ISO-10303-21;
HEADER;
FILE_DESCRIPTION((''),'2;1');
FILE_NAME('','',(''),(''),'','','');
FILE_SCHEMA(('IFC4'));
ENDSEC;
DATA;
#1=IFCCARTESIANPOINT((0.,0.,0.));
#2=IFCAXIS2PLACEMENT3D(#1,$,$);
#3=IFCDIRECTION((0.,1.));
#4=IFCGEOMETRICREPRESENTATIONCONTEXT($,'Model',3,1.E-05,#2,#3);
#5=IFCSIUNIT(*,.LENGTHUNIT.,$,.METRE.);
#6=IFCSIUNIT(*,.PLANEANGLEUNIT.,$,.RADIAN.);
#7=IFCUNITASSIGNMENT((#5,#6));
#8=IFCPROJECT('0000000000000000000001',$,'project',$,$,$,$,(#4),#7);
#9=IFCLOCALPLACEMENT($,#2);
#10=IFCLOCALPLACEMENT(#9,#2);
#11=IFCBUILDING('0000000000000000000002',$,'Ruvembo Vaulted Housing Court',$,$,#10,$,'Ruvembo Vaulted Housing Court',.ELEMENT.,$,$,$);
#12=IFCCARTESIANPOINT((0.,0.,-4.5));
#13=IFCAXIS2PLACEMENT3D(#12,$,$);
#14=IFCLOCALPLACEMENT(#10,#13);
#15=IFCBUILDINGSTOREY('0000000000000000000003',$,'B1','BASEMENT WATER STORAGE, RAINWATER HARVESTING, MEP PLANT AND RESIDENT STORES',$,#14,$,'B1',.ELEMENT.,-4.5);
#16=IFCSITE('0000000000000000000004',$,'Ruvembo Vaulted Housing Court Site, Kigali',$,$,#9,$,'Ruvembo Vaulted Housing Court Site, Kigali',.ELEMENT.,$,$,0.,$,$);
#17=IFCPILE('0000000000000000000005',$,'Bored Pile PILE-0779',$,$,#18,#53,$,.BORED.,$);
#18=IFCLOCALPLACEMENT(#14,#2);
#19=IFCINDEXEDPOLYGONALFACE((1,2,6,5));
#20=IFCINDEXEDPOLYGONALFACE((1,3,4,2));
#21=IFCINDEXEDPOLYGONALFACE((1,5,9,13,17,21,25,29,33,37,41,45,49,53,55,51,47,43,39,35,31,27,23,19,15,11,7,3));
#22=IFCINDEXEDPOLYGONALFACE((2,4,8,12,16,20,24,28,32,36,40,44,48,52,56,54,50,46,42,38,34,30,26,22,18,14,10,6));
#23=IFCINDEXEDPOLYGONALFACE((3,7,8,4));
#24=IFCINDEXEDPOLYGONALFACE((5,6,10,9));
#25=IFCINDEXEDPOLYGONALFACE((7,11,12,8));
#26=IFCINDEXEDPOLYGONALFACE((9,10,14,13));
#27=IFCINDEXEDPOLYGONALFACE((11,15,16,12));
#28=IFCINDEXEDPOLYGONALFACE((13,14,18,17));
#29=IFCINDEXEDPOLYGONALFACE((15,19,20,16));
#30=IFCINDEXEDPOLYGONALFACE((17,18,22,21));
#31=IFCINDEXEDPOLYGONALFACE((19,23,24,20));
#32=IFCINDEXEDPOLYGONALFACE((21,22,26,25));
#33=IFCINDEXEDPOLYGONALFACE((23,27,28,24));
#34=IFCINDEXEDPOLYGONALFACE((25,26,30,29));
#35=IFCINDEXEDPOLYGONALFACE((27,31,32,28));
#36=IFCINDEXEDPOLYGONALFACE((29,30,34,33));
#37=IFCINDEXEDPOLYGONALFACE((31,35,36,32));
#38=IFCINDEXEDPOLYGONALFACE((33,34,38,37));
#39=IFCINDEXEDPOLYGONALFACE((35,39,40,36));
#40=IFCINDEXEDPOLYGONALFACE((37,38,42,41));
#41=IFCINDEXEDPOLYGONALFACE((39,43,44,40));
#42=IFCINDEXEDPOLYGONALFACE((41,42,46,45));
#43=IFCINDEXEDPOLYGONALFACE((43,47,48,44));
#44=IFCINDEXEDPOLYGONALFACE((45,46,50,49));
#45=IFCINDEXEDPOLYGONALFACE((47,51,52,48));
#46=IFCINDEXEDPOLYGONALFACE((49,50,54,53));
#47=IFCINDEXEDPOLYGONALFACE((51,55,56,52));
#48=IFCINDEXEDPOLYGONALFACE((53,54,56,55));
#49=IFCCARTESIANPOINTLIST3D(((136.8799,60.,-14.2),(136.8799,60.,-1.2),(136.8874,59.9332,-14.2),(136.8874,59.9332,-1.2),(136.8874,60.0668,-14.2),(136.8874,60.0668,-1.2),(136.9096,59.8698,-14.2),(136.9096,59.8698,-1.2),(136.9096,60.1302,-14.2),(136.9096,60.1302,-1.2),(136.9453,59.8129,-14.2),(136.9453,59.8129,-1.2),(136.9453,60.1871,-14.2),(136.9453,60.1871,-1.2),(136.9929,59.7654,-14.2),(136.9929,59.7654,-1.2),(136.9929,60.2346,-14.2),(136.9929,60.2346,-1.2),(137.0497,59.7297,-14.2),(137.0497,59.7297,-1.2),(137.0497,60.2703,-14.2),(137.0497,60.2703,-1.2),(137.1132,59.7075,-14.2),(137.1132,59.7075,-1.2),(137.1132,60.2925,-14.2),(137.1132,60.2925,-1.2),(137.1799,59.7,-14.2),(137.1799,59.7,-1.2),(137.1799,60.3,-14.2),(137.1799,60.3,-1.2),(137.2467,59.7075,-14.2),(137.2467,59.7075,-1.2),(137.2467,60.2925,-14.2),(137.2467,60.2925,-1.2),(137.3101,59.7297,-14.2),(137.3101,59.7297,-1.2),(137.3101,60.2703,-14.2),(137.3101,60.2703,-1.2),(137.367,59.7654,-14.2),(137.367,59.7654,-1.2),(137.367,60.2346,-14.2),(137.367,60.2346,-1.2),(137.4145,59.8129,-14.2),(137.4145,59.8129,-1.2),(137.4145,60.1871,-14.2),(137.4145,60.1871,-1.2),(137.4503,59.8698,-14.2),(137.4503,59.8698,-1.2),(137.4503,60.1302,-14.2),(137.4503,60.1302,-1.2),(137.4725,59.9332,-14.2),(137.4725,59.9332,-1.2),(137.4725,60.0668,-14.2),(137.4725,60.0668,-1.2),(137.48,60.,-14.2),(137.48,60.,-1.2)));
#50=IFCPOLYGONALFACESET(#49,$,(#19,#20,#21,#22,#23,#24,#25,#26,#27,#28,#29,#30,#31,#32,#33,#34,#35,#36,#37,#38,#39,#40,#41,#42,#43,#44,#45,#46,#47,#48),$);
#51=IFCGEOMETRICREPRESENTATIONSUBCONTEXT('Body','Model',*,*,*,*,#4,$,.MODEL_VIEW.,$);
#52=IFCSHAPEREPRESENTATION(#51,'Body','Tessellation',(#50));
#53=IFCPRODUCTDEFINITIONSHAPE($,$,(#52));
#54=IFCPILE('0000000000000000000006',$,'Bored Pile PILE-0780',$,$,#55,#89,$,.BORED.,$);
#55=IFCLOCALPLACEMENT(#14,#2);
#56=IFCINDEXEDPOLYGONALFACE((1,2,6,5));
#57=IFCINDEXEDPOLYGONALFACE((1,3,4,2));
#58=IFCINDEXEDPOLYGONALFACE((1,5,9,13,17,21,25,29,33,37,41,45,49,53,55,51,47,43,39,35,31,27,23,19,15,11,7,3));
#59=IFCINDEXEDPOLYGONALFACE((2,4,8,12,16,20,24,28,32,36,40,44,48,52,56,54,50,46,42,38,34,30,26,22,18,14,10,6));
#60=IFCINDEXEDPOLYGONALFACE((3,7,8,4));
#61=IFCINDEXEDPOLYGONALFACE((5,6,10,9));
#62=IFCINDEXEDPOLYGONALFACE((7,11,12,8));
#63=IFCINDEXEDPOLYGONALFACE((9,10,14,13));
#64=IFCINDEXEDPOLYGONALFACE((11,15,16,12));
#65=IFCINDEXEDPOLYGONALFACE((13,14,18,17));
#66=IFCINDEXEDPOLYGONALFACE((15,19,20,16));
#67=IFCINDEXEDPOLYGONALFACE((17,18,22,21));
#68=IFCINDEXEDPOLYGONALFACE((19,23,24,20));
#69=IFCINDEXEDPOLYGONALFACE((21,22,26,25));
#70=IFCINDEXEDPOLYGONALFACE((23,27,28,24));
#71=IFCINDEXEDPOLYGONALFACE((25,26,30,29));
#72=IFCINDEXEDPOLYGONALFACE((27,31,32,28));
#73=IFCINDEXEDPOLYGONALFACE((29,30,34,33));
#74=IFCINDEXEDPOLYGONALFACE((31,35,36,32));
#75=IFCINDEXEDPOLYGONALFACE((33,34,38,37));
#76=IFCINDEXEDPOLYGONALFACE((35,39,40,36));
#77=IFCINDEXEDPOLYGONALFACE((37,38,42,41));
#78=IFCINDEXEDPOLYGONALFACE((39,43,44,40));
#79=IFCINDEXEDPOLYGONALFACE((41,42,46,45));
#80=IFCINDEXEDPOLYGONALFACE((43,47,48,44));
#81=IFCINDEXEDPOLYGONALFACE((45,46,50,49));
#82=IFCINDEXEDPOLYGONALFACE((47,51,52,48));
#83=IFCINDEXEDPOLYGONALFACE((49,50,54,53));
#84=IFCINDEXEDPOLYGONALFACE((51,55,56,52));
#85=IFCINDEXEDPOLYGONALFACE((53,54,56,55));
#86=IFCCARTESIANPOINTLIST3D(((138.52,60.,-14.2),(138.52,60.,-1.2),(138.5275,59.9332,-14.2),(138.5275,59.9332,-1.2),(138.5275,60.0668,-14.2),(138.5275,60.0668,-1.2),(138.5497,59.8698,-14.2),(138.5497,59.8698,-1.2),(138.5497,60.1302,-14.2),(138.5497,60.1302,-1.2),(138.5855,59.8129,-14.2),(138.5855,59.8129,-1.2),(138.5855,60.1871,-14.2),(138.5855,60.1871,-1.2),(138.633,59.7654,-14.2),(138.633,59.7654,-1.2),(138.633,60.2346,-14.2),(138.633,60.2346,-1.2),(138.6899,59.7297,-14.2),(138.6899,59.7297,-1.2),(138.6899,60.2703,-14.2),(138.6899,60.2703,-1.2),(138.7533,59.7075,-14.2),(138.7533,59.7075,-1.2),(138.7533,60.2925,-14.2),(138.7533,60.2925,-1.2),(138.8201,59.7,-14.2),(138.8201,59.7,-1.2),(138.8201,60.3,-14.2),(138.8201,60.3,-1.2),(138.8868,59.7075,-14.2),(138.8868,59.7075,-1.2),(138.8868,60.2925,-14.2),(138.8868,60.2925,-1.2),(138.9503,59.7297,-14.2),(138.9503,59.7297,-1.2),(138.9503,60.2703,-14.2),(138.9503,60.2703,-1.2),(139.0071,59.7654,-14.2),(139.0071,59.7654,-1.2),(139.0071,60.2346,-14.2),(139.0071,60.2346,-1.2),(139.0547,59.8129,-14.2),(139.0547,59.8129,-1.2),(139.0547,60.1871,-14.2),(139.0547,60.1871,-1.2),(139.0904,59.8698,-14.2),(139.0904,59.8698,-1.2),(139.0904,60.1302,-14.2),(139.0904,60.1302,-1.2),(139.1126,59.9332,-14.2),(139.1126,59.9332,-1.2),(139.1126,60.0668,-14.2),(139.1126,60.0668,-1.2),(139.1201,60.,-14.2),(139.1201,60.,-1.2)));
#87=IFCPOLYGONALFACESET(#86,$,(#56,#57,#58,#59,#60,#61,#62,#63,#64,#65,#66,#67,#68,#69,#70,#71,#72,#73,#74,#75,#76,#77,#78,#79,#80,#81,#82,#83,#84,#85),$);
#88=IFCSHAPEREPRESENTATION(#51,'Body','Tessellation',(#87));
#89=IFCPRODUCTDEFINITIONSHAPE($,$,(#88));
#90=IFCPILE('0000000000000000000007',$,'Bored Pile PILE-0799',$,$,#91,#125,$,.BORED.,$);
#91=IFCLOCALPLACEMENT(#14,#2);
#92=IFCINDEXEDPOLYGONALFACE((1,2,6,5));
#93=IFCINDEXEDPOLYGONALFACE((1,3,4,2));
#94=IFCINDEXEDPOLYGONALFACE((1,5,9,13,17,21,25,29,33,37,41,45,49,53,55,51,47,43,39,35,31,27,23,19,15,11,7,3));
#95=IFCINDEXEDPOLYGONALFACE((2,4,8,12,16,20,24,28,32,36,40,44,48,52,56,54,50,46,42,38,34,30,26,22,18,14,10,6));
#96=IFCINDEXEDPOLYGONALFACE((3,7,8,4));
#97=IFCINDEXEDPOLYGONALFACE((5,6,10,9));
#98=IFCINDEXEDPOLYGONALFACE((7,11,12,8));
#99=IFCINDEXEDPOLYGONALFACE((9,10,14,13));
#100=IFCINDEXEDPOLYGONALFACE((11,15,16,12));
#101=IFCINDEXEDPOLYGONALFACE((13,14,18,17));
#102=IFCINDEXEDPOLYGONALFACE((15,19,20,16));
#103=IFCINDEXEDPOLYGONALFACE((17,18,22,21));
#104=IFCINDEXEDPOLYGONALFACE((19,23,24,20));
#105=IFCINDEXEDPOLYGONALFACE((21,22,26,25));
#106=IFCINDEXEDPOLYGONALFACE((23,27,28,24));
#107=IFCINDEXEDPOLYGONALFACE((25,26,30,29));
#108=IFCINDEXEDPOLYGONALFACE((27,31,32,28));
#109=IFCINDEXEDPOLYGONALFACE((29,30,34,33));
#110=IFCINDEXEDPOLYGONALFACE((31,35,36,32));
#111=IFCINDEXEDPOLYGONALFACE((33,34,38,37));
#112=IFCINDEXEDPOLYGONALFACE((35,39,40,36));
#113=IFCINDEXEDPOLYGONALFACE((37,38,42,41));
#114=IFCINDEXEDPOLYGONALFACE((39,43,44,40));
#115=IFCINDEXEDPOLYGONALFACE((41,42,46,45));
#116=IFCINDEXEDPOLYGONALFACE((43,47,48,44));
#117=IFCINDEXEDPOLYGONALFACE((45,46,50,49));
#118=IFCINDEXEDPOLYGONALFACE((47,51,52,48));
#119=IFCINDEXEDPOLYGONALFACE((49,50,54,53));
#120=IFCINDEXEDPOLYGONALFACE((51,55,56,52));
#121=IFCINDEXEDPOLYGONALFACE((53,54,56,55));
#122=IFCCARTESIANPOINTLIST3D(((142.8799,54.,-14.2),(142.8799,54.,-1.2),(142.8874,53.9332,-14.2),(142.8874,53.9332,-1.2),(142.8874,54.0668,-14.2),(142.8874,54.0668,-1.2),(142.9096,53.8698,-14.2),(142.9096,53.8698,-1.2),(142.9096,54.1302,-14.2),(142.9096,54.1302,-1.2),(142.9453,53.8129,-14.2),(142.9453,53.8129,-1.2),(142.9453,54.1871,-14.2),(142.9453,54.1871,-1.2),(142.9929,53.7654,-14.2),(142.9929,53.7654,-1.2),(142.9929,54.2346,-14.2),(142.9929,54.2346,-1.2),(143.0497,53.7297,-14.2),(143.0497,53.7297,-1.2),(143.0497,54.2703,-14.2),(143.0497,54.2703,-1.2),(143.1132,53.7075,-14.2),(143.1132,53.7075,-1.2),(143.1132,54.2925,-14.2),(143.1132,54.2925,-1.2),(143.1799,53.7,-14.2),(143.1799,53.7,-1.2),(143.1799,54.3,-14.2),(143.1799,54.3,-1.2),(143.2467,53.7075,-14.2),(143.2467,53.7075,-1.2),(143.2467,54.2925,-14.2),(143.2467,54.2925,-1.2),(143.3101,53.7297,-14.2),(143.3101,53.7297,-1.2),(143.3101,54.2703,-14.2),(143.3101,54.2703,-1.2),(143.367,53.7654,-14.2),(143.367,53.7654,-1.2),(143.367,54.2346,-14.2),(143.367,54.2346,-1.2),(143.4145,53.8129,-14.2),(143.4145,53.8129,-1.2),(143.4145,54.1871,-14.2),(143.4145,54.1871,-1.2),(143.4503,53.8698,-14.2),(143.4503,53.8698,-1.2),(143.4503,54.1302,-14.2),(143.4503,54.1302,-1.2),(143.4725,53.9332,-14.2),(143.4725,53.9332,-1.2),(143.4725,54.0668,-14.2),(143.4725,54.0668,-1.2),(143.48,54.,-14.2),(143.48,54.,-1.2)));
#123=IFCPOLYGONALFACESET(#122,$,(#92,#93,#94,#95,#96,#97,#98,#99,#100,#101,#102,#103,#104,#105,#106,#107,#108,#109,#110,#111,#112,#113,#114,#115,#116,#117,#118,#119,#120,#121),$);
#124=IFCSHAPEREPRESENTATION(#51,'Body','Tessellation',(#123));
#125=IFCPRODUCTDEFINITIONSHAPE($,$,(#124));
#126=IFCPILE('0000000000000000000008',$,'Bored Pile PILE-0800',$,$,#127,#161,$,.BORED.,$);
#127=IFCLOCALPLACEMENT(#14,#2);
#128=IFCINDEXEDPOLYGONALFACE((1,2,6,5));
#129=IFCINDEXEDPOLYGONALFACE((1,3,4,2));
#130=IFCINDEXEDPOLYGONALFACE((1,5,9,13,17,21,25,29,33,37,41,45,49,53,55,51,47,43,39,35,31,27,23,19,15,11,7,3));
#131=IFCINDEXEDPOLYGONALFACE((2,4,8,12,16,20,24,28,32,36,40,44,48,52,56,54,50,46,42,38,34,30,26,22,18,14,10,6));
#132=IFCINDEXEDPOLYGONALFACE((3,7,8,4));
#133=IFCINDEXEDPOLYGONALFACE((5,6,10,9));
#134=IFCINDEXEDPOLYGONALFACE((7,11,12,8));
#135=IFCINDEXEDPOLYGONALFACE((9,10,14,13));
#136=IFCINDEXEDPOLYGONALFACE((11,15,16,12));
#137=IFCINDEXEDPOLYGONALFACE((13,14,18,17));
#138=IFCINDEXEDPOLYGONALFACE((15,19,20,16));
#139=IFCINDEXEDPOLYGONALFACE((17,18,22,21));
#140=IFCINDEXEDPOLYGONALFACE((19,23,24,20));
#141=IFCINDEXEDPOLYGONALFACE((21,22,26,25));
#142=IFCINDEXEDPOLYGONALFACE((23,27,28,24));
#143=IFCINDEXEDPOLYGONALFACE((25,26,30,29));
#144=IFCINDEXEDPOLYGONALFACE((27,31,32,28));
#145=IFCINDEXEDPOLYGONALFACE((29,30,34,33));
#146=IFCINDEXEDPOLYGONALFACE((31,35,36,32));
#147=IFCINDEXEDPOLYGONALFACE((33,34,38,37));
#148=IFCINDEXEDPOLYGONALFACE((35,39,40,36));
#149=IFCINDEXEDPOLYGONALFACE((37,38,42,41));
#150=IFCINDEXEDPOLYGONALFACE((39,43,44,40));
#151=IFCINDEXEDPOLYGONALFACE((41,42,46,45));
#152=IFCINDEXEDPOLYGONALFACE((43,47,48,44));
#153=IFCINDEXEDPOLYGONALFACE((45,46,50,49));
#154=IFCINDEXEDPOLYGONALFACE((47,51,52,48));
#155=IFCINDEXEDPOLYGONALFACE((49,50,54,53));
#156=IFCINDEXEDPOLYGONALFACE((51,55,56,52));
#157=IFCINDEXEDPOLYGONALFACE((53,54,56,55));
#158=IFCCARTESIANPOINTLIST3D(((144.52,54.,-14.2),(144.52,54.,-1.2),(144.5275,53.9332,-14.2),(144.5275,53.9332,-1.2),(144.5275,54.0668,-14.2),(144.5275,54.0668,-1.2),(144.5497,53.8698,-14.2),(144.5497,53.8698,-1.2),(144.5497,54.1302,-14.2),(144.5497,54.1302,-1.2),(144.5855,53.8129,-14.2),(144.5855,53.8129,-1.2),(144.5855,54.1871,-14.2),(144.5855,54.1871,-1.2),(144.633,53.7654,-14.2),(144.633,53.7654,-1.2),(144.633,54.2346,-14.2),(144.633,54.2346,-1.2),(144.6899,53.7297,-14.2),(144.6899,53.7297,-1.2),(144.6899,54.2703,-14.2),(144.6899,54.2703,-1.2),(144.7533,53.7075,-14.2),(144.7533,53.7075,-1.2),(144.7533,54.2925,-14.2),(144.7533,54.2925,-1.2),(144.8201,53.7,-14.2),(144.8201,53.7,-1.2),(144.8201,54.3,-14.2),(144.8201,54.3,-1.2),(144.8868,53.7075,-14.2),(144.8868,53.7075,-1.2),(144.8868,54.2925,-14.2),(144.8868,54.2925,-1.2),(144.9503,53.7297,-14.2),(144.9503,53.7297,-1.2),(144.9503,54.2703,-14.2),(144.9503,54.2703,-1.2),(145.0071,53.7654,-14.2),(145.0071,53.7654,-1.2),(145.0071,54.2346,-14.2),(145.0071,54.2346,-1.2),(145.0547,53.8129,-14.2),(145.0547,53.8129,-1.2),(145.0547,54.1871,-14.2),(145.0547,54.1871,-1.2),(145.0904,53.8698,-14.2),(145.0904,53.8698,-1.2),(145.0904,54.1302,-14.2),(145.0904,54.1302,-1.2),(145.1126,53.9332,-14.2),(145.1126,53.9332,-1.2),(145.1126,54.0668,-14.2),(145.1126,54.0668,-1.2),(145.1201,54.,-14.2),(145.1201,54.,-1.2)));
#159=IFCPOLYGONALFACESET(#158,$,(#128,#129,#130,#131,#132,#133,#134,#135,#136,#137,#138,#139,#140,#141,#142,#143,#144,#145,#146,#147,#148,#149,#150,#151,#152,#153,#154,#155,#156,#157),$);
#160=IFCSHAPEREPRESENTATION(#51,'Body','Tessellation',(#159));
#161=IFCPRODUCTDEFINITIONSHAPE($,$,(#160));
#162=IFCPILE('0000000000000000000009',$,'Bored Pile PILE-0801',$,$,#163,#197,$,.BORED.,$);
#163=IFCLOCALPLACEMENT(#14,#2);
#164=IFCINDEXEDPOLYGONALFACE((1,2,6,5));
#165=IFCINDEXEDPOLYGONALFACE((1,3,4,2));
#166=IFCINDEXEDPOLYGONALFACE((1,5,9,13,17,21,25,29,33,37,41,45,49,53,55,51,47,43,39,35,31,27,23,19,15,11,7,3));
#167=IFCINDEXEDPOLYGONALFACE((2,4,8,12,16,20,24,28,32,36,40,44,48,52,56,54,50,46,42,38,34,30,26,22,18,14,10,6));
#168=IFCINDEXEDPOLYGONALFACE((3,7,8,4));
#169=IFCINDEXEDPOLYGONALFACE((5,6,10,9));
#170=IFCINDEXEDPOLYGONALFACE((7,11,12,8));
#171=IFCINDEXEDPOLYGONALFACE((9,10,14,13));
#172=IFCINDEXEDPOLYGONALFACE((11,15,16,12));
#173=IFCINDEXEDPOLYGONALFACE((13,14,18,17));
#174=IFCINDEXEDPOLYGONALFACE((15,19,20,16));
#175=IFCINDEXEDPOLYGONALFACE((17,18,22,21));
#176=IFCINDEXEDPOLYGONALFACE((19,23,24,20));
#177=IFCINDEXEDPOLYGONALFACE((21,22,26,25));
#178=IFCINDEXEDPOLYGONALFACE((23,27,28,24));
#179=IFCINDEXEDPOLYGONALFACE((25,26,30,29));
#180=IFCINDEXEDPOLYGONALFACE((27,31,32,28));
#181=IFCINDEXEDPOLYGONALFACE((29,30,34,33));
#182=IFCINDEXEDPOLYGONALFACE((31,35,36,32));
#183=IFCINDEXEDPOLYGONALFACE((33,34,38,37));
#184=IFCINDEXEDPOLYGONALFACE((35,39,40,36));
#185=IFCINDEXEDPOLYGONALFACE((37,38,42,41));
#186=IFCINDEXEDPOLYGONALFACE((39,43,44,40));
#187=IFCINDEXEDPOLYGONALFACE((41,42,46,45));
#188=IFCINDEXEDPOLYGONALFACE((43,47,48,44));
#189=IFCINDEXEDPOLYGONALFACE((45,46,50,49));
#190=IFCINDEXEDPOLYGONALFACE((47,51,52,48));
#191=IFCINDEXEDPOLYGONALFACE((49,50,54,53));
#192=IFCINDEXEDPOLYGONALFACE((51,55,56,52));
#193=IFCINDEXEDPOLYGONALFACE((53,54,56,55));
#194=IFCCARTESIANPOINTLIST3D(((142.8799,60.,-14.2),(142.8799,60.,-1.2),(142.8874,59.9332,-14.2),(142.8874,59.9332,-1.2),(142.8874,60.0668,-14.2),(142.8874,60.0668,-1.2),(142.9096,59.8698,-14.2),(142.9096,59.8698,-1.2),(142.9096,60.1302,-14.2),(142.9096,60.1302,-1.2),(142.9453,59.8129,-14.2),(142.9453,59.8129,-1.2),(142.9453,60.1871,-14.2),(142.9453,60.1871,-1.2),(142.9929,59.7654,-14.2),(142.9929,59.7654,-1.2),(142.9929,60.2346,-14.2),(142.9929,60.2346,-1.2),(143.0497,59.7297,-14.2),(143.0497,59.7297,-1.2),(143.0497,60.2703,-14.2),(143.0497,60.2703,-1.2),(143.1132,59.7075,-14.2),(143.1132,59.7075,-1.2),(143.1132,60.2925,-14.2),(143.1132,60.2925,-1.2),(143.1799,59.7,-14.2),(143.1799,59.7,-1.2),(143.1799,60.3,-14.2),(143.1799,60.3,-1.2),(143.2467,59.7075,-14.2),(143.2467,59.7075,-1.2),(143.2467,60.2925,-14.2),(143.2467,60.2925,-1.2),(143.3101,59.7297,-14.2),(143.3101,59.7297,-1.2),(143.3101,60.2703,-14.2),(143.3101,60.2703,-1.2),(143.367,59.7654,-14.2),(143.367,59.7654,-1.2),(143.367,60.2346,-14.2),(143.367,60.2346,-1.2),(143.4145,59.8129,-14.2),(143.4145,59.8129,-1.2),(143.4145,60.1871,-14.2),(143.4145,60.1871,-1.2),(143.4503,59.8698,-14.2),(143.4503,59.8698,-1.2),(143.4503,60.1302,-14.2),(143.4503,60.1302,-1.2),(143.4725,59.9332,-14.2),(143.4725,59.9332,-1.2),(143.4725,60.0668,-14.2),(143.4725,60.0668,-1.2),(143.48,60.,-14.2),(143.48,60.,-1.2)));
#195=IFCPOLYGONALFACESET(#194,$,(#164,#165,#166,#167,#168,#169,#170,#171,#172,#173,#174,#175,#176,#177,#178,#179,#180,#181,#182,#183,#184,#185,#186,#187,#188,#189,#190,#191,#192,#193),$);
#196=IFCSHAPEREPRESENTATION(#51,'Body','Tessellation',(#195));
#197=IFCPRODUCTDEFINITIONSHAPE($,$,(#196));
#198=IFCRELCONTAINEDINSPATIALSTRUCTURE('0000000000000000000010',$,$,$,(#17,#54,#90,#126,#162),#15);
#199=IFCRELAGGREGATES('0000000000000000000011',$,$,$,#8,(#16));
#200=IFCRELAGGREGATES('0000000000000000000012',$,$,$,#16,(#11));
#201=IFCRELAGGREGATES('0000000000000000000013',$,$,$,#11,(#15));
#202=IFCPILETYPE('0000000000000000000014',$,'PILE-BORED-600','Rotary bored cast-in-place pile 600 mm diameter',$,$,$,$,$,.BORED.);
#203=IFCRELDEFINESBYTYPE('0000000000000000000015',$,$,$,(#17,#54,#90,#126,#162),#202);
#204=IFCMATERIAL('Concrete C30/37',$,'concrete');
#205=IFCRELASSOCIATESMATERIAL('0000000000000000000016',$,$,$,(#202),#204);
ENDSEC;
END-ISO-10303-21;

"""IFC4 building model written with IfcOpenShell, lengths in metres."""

from ifc_helpers import new_model, si_unit, direction, frame, origin, origin_2d, place, context, subcontext, project, spatial, circle, extrude, material, material_profile, profile_set, type_object, element, save


model = new_model("IFC4")

# Units and contexts
model_context = context("Model", 3, precision=1e-05, world=origin(), true_north=direction((0.0, 1.0)))
body_context = subcontext(model_context, "Body", "Model", "MODEL_VIEW")
ifc_project = project(units=[si_unit("LENGTHUNIT", "METRE"), si_unit("PLANEANGLEUNIT", "RADIAN")], contexts=[model_context])

# Site, building, storey
site_placement = place(None, origin())
site = spatial("IfcSite", under=ifc_project, at=site_placement, Name="Ruvembo Vaulted Housing Court Site, Kigali", LongName="Ruvembo Vaulted Housing Court Site, Kigali", CompositionType="ELEMENT", RefElevation=0.0)
building_placement = place(site_placement, origin())
building = spatial("IfcBuilding", under=site, at=building_placement, Name="Ruvembo Vaulted Housing Court", LongName="Ruvembo Vaulted Housing Court", CompositionType="ELEMENT")
storey_placement = place(building_placement, frame((0.0, 0.0, -4.5)))
storey = spatial("IfcBuildingStorey", under=building, at=storey_placement, Name="B1", Description="BASEMENT WATER STORAGE, RAINWATER HARVESTING, MEP PLANT AND RESIDENT STORES", LongName="B1", CompositionType="ELEMENT", Elevation=-4.5)

# Piles
ifc_material_1 = material(Name="Concrete C30/37", Category="concrete")
ifc_material_profile_1 = material_profile(ifc_material_1, circle(Radius=0.3, at=origin_2d()), Name="PILE D600")
ifc_profile_set_1 = profile_set([ifc_material_profile_1], Name="Concrete C30/37")
pile_type = type_object("IfcPileType", Name="PILE-BORED-600", Description="Rotary bored cast-in-place pile 600 mm diameter", PredefinedType="BORED", material=ifc_profile_set_1)
for number, where, z_axis, x_axis, name in (
    (1, (137.1799, 60.0, -1.2), (0.0, 0.0, -1.0), (1.0, 0.0, 0.0), "Bored Pile PILE-0779"),
    (2, (138.8201, 60.0, -1.2), (0.0, 0.0, -1.0), (1.0, 0.0, 0.0), "Bored Pile PILE-0780"),
    (3, (143.1799, 54.0, -1.2), (0.0, 0.0, -1.0), (1.0, 0.0, 0.0), "Bored Pile PILE-0799"),
    (4, (144.8201, 54.0, -1.2), (0.0, 0.0, -1.0), (1.0, 0.0, 0.0), "Bored Pile PILE-0800"),
    (5, (143.1799, 60.0, -1.2), (0.0, 0.0, -1.0), (1.0, 0.0, 0.0), "Bored Pile PILE-0801"),
):
    element("IfcPile", number, at=place(storey_placement, frame(where, z_axis=z_axis, x_axis=x_axis)), inside=storey, type_object=pile_type, Name=name, PredefinedType="BORED", context=body_context, shape_type="SweptSolid", body=[
        extrude(circle(Radius=0.3, at=origin_2d()), origin(), (0.0, 0.0, 1.0), 13.0),
    ])

save(model, "model.ifc")
